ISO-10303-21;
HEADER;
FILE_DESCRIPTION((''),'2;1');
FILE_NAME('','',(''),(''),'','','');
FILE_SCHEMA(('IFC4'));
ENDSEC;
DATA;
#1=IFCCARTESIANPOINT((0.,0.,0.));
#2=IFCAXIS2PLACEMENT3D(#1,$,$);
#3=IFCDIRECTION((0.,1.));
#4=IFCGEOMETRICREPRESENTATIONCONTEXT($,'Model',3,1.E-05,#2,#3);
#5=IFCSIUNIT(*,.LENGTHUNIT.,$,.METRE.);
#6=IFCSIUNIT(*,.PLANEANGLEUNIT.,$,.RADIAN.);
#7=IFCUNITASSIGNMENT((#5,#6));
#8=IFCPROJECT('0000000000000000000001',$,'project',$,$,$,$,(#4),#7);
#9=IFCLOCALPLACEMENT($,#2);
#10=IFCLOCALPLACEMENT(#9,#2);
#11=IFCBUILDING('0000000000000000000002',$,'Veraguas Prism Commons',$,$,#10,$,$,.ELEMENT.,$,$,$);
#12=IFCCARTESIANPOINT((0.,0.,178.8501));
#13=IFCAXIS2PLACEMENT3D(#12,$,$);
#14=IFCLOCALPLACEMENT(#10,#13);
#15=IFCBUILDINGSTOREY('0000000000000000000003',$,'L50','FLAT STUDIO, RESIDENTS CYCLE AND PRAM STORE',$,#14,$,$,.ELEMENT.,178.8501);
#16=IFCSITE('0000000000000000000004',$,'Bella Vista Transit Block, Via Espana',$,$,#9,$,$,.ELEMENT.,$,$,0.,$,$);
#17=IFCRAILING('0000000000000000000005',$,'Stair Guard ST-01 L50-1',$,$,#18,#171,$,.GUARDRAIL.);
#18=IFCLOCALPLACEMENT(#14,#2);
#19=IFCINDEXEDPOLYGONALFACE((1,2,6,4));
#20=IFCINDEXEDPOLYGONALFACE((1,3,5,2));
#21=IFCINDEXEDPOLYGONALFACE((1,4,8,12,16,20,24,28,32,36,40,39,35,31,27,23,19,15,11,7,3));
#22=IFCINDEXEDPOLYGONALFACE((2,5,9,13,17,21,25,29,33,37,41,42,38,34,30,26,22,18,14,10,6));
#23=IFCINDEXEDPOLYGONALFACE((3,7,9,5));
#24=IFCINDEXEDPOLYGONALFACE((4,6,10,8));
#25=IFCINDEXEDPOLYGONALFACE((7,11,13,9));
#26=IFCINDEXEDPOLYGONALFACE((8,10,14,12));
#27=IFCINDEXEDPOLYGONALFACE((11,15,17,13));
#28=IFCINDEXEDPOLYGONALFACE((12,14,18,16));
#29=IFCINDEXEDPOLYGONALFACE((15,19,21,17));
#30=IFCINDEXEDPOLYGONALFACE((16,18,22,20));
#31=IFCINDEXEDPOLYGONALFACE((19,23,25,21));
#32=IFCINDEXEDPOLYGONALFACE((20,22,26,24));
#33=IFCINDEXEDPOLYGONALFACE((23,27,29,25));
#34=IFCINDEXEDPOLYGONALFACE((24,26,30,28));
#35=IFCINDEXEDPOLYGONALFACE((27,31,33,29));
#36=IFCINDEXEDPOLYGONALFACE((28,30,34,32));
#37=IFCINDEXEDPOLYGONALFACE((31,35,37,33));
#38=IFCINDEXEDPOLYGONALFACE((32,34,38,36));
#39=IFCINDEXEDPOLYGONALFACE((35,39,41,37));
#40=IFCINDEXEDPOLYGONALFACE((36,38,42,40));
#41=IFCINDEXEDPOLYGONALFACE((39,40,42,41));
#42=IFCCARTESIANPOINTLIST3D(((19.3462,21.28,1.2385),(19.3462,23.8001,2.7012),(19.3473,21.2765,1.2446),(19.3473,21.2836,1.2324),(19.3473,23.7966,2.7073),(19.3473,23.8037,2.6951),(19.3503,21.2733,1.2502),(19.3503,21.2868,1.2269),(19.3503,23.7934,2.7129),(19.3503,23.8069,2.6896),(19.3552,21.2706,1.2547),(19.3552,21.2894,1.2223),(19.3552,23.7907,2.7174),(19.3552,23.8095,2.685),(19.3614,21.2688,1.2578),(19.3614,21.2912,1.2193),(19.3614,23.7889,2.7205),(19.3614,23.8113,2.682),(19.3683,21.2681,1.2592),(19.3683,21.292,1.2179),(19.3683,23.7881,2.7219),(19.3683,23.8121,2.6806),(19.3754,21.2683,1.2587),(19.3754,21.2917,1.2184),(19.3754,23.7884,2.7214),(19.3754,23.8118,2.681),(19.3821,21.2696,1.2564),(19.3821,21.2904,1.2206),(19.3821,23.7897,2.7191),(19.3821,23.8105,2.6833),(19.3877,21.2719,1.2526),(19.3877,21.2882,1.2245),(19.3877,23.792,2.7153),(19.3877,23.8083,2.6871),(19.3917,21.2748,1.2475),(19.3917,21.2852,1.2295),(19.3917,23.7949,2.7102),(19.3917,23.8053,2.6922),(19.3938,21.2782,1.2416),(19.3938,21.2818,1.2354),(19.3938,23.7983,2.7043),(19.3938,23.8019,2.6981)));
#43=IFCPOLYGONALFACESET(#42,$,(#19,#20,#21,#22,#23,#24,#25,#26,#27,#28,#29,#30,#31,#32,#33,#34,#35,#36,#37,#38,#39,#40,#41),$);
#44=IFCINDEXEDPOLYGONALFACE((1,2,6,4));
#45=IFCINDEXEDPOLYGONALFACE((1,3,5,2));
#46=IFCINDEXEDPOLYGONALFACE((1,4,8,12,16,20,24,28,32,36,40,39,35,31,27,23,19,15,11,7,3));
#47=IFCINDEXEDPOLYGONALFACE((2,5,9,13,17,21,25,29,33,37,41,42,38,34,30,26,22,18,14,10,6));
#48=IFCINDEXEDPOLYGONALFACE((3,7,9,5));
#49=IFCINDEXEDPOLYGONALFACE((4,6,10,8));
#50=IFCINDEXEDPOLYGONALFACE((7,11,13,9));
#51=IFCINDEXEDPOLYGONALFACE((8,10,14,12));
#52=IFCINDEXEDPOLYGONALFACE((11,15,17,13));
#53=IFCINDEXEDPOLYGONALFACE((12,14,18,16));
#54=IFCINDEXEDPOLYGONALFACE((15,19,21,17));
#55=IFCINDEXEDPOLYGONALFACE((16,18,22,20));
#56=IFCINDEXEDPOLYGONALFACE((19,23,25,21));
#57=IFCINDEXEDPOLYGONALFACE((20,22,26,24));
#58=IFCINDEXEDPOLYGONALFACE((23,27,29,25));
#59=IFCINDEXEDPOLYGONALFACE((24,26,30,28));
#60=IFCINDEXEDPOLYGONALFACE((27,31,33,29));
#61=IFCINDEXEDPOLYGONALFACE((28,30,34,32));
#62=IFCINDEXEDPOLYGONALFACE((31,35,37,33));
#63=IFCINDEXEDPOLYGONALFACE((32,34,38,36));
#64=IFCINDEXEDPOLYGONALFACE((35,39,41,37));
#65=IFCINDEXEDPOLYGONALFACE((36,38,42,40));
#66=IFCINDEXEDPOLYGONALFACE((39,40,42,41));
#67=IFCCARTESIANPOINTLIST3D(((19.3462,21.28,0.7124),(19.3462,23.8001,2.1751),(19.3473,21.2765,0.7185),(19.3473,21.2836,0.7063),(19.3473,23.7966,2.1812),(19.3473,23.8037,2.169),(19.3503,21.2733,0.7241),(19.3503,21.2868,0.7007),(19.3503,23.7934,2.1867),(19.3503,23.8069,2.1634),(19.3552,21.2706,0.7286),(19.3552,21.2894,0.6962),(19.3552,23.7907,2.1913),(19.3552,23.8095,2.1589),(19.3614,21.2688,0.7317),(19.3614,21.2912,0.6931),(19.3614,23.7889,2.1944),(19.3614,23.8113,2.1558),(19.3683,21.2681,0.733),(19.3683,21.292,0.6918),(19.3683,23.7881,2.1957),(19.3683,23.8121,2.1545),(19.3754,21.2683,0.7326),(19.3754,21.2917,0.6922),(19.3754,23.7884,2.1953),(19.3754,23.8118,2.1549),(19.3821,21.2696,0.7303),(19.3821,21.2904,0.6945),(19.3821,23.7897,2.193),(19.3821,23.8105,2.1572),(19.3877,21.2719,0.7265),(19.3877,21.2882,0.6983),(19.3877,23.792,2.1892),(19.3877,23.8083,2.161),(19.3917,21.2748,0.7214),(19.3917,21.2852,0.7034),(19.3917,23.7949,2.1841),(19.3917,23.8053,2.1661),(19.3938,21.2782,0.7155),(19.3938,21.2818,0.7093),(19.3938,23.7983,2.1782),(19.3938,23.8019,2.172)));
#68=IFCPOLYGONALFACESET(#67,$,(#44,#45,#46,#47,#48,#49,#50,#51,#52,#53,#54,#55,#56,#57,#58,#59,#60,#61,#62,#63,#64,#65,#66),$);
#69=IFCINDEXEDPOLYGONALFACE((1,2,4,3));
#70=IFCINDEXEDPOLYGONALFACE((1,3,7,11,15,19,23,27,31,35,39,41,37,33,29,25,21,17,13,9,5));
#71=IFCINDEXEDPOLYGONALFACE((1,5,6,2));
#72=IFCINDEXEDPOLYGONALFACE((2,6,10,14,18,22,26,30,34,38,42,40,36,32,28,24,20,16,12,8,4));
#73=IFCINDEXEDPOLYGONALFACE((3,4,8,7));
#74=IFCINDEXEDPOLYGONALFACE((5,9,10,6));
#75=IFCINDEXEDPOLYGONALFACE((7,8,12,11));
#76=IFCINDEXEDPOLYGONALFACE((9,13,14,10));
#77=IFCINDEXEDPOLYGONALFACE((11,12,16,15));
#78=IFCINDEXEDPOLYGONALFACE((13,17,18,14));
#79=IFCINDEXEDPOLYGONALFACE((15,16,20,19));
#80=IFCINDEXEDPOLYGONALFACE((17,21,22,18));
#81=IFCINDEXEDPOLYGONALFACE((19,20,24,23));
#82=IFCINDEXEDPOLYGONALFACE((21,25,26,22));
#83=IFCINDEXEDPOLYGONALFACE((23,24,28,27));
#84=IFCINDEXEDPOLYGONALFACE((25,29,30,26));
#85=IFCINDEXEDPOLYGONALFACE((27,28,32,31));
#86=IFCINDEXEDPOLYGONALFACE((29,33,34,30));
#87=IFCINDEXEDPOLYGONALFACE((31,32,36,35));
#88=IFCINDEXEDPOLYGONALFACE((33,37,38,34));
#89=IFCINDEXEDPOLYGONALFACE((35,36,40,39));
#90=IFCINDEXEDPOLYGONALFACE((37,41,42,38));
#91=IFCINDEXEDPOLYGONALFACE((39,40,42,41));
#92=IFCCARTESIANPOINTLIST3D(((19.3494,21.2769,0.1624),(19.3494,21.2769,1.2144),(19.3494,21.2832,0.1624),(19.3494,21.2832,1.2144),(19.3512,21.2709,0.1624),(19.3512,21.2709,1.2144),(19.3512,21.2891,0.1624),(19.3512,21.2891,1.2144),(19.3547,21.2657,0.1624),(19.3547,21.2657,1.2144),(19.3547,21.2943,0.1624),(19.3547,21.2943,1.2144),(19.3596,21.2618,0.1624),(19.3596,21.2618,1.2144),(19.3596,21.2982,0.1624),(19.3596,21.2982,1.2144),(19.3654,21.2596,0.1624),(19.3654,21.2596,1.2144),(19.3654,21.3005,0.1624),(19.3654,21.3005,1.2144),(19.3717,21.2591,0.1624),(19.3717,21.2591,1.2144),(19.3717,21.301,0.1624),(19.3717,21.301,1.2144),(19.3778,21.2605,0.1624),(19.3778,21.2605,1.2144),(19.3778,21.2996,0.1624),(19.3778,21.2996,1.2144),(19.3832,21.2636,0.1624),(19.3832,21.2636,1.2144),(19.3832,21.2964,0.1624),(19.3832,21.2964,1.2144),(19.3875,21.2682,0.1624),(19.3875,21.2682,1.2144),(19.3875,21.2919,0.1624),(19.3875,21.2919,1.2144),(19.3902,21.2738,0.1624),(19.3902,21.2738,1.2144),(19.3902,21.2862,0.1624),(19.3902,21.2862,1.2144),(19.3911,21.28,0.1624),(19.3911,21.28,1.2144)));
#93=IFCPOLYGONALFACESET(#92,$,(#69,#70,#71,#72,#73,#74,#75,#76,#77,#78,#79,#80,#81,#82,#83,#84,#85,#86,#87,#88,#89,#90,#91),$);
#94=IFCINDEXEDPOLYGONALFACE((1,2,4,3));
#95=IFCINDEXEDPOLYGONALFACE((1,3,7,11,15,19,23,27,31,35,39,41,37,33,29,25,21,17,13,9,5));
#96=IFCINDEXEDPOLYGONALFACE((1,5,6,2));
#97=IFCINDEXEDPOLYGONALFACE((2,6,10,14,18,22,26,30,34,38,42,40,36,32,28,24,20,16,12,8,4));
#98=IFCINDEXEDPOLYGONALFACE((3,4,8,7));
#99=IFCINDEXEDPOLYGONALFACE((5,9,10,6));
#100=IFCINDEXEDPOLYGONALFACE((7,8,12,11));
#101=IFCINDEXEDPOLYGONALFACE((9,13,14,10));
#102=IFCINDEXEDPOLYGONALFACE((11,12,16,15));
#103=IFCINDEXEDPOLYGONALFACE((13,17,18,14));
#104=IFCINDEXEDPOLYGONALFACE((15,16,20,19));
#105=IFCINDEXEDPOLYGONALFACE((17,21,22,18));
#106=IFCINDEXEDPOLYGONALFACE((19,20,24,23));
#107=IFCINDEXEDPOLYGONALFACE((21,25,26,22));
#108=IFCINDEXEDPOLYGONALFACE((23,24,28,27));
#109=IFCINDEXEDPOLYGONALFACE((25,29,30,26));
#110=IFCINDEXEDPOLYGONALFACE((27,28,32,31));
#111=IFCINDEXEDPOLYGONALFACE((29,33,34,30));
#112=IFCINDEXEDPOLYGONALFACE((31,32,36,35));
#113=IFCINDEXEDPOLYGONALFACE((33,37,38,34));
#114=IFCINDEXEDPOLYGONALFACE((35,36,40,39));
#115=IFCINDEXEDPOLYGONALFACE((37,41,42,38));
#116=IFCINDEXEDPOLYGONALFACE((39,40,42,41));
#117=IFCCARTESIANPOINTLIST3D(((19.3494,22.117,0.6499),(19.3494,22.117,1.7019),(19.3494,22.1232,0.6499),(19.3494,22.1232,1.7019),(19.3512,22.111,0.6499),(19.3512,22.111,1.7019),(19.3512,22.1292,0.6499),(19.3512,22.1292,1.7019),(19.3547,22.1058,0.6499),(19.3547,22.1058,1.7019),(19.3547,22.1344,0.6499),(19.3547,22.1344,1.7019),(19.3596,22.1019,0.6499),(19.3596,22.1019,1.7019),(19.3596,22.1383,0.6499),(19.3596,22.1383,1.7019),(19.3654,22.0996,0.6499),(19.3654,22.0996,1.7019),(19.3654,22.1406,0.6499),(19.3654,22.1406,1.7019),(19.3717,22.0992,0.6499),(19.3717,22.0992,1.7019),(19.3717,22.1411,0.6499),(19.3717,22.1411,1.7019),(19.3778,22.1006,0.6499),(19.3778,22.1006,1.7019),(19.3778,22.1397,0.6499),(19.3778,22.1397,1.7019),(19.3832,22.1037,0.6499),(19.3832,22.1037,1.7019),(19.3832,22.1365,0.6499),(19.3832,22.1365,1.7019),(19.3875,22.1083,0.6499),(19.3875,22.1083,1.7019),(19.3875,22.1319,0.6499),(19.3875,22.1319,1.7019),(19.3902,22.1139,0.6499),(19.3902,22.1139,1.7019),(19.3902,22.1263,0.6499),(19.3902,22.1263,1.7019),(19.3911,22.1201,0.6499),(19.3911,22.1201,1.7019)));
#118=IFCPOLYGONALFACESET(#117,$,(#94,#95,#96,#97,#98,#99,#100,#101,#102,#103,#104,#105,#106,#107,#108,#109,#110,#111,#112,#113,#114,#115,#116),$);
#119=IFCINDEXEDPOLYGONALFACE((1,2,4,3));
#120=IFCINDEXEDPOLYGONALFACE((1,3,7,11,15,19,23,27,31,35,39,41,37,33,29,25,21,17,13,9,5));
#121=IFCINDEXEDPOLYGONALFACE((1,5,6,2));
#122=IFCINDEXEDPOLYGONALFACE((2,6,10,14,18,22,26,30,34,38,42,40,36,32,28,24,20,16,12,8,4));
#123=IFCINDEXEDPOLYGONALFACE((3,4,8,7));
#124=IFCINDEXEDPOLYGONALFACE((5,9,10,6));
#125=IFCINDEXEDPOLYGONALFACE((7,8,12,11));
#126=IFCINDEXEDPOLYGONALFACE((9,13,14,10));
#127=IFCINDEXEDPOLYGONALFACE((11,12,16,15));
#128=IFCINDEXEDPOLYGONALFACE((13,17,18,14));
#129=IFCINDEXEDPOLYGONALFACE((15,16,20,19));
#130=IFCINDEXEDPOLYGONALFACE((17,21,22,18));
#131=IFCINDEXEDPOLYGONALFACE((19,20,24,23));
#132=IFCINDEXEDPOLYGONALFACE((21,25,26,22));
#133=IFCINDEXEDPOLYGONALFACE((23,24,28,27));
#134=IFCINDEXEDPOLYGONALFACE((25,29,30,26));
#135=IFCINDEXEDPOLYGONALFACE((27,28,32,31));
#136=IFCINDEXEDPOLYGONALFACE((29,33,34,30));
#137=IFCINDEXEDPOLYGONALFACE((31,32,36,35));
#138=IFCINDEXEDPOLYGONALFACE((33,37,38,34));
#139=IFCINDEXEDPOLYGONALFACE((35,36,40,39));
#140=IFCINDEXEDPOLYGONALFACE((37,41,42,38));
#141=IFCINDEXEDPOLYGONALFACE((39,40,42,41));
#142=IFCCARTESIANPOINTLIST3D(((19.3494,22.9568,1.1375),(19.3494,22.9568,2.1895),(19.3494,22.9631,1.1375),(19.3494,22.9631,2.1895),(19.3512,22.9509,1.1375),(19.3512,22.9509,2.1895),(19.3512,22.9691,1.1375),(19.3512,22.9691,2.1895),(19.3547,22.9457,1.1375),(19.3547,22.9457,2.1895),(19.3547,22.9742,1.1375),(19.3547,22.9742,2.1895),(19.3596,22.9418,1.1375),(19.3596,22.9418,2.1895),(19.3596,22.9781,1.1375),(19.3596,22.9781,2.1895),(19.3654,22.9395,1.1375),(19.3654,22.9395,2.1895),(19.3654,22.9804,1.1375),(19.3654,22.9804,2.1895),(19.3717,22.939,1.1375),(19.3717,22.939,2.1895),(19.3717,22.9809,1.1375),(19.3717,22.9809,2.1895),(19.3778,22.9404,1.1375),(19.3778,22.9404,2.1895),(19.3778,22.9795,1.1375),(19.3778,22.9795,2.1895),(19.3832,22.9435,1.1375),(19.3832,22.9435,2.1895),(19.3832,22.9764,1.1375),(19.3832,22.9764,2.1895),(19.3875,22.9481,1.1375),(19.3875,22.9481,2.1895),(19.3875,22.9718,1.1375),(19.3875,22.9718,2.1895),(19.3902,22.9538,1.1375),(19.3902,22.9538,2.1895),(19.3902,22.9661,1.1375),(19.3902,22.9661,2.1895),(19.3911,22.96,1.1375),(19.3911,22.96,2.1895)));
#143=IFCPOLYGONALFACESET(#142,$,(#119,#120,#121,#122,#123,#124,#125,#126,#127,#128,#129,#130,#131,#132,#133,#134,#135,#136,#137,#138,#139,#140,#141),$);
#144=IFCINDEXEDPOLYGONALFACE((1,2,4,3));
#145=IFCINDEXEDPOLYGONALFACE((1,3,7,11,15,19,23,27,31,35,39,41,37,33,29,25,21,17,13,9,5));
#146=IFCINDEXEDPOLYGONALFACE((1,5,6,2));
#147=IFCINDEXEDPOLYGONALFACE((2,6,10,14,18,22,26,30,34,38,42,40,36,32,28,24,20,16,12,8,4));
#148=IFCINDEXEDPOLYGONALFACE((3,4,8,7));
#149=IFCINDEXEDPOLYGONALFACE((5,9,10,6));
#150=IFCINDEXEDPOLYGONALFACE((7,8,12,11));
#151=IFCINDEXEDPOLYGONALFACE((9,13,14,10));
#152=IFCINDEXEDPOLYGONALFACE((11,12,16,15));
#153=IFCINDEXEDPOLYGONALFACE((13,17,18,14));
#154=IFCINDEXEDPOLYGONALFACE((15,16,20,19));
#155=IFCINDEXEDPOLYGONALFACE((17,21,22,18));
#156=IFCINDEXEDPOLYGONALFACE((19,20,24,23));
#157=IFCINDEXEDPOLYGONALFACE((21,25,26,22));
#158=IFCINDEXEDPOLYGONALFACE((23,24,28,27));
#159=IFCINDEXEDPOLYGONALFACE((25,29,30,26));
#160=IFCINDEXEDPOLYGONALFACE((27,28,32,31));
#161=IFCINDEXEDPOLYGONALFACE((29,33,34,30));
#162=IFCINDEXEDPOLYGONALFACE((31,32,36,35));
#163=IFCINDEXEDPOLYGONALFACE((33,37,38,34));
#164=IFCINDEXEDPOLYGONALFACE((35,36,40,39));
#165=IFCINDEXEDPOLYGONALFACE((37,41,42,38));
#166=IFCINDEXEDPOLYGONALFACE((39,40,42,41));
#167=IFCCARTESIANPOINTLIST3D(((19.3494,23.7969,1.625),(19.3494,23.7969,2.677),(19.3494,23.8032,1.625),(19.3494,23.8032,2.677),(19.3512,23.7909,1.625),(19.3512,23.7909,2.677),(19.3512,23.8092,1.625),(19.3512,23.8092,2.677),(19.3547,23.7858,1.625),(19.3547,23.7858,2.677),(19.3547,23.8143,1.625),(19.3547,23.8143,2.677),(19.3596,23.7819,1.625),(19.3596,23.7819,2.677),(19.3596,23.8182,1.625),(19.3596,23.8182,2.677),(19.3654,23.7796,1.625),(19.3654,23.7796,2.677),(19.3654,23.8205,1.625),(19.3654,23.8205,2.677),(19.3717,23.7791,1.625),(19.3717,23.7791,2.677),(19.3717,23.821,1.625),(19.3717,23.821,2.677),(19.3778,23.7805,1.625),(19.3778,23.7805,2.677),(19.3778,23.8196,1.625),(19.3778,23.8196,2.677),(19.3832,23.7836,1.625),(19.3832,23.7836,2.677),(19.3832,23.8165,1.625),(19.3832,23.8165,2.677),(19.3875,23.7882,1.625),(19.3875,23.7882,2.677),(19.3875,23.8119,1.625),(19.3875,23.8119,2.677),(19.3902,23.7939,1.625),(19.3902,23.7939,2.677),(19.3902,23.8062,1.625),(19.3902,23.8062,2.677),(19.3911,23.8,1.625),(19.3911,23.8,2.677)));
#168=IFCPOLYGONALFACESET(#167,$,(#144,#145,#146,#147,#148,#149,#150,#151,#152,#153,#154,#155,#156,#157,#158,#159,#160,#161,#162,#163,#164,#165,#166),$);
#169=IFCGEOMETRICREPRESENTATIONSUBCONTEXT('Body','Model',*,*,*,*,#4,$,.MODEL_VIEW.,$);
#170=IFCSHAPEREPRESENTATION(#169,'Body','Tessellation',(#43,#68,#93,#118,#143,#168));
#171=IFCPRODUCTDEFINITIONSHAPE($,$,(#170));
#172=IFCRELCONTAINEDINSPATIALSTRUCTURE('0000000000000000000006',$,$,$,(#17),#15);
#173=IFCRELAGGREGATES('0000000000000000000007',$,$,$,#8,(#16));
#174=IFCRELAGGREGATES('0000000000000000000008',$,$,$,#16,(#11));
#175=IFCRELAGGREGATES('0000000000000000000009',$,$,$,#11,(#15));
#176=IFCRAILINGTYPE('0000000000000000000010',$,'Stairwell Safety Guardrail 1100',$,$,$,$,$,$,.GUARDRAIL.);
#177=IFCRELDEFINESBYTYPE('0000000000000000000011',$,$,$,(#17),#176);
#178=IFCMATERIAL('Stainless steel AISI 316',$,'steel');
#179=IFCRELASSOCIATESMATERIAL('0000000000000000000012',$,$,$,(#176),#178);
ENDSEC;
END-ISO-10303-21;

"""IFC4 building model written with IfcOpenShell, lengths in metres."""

from ifc_helpers import new_model, si_unit, direction, frame, origin, origin_2d, place, context, subcontext, project, spatial, circle, extrude, material, type_object, element, save


model = new_model("IFC4")

# Units and contexts
model_context = context("Model", 3, precision=1e-05, world=origin(), true_north=direction((0.0, 1.0)))
body_context = subcontext(model_context, "Body", "Model", "MODEL_VIEW")
ifc_project = project(units=[si_unit("LENGTHUNIT", "METRE"), si_unit("PLANEANGLEUNIT", "RADIAN")], contexts=[model_context])

# Site, building, storey
site_placement = place(None, origin())
site = spatial("IfcSite", under=ifc_project, at=site_placement, Name="Bella Vista Transit Block, Via Espana", CompositionType="ELEMENT", RefElevation=0.0)
building_placement = place(site_placement, origin())
building = spatial("IfcBuilding", under=site, at=building_placement, Name="Veraguas Prism Commons", CompositionType="ELEMENT")
storey_placement = place(building_placement, frame((0.0, 0.0, 178.8501)))
storey = spatial("IfcBuildingStorey", under=building, at=storey_placement, Name="L50", Description="FLAT STUDIO, RESIDENTS CYCLE AND PRAM STORE", CompositionType="ELEMENT", Elevation=178.8501)

# Shared definitions
ifc_material_1 = material(Name="Stainless steel AISI 316", Category="steel")

# Railing
railing_type_1 = type_object("IfcRailingType", Name="Stairwell Safety Guardrail 1100", PredefinedType="GUARDRAIL", material=ifc_material_1)
railing_1_placement = place(storey_placement, frame((19.3701, 21.28, 0.1624)))
element("IfcRailing", 1, at=railing_1_placement, inside=storey, type_object=railing_type_1, Name="Stair Guard ST-01 L50-1", PredefinedType="GUARDRAIL", context=body_context, shape_type="SweptSolid", body=[
    extrude(circle(Radius=0.0239, at=origin_2d()), frame((0.0, 0.0, 1.0762), z_axis=(0.0, 0.864877, 0.501984), x_axis=(-1.0, 0.0, 0.0)), (0.0, 0.0, 1.0), 2.9138),
    extrude(circle(Radius=0.0239, at=origin_2d()), frame((0.0, 0.0, 0.55), z_axis=(0.0, 0.864877, 0.501984), x_axis=(-1.0, 0.0, 0.0)), (0.0, 0.0, 1.0), 2.9138),
    extrude(circle(Radius=0.021, at=origin_2d()), origin(), (0.0, 0.0, 1.0), 1.052),
    extrude(circle(Radius=0.021, at=origin_2d()), frame((0.0, 0.8401, 0.4875)), (0.0, 0.0, 1.0), 1.052),
    extrude(circle(Radius=0.021, at=origin_2d()), frame((0.0, 1.6799, 0.9751)), (0.0, 0.0, 1.0), 1.052),
    extrude(circle(Radius=0.021, at=origin_2d()), frame((0.0, 2.52, 1.4626)), (0.0, 0.0, 1.0), 1.052),
])

save(model, "model.ifc")
